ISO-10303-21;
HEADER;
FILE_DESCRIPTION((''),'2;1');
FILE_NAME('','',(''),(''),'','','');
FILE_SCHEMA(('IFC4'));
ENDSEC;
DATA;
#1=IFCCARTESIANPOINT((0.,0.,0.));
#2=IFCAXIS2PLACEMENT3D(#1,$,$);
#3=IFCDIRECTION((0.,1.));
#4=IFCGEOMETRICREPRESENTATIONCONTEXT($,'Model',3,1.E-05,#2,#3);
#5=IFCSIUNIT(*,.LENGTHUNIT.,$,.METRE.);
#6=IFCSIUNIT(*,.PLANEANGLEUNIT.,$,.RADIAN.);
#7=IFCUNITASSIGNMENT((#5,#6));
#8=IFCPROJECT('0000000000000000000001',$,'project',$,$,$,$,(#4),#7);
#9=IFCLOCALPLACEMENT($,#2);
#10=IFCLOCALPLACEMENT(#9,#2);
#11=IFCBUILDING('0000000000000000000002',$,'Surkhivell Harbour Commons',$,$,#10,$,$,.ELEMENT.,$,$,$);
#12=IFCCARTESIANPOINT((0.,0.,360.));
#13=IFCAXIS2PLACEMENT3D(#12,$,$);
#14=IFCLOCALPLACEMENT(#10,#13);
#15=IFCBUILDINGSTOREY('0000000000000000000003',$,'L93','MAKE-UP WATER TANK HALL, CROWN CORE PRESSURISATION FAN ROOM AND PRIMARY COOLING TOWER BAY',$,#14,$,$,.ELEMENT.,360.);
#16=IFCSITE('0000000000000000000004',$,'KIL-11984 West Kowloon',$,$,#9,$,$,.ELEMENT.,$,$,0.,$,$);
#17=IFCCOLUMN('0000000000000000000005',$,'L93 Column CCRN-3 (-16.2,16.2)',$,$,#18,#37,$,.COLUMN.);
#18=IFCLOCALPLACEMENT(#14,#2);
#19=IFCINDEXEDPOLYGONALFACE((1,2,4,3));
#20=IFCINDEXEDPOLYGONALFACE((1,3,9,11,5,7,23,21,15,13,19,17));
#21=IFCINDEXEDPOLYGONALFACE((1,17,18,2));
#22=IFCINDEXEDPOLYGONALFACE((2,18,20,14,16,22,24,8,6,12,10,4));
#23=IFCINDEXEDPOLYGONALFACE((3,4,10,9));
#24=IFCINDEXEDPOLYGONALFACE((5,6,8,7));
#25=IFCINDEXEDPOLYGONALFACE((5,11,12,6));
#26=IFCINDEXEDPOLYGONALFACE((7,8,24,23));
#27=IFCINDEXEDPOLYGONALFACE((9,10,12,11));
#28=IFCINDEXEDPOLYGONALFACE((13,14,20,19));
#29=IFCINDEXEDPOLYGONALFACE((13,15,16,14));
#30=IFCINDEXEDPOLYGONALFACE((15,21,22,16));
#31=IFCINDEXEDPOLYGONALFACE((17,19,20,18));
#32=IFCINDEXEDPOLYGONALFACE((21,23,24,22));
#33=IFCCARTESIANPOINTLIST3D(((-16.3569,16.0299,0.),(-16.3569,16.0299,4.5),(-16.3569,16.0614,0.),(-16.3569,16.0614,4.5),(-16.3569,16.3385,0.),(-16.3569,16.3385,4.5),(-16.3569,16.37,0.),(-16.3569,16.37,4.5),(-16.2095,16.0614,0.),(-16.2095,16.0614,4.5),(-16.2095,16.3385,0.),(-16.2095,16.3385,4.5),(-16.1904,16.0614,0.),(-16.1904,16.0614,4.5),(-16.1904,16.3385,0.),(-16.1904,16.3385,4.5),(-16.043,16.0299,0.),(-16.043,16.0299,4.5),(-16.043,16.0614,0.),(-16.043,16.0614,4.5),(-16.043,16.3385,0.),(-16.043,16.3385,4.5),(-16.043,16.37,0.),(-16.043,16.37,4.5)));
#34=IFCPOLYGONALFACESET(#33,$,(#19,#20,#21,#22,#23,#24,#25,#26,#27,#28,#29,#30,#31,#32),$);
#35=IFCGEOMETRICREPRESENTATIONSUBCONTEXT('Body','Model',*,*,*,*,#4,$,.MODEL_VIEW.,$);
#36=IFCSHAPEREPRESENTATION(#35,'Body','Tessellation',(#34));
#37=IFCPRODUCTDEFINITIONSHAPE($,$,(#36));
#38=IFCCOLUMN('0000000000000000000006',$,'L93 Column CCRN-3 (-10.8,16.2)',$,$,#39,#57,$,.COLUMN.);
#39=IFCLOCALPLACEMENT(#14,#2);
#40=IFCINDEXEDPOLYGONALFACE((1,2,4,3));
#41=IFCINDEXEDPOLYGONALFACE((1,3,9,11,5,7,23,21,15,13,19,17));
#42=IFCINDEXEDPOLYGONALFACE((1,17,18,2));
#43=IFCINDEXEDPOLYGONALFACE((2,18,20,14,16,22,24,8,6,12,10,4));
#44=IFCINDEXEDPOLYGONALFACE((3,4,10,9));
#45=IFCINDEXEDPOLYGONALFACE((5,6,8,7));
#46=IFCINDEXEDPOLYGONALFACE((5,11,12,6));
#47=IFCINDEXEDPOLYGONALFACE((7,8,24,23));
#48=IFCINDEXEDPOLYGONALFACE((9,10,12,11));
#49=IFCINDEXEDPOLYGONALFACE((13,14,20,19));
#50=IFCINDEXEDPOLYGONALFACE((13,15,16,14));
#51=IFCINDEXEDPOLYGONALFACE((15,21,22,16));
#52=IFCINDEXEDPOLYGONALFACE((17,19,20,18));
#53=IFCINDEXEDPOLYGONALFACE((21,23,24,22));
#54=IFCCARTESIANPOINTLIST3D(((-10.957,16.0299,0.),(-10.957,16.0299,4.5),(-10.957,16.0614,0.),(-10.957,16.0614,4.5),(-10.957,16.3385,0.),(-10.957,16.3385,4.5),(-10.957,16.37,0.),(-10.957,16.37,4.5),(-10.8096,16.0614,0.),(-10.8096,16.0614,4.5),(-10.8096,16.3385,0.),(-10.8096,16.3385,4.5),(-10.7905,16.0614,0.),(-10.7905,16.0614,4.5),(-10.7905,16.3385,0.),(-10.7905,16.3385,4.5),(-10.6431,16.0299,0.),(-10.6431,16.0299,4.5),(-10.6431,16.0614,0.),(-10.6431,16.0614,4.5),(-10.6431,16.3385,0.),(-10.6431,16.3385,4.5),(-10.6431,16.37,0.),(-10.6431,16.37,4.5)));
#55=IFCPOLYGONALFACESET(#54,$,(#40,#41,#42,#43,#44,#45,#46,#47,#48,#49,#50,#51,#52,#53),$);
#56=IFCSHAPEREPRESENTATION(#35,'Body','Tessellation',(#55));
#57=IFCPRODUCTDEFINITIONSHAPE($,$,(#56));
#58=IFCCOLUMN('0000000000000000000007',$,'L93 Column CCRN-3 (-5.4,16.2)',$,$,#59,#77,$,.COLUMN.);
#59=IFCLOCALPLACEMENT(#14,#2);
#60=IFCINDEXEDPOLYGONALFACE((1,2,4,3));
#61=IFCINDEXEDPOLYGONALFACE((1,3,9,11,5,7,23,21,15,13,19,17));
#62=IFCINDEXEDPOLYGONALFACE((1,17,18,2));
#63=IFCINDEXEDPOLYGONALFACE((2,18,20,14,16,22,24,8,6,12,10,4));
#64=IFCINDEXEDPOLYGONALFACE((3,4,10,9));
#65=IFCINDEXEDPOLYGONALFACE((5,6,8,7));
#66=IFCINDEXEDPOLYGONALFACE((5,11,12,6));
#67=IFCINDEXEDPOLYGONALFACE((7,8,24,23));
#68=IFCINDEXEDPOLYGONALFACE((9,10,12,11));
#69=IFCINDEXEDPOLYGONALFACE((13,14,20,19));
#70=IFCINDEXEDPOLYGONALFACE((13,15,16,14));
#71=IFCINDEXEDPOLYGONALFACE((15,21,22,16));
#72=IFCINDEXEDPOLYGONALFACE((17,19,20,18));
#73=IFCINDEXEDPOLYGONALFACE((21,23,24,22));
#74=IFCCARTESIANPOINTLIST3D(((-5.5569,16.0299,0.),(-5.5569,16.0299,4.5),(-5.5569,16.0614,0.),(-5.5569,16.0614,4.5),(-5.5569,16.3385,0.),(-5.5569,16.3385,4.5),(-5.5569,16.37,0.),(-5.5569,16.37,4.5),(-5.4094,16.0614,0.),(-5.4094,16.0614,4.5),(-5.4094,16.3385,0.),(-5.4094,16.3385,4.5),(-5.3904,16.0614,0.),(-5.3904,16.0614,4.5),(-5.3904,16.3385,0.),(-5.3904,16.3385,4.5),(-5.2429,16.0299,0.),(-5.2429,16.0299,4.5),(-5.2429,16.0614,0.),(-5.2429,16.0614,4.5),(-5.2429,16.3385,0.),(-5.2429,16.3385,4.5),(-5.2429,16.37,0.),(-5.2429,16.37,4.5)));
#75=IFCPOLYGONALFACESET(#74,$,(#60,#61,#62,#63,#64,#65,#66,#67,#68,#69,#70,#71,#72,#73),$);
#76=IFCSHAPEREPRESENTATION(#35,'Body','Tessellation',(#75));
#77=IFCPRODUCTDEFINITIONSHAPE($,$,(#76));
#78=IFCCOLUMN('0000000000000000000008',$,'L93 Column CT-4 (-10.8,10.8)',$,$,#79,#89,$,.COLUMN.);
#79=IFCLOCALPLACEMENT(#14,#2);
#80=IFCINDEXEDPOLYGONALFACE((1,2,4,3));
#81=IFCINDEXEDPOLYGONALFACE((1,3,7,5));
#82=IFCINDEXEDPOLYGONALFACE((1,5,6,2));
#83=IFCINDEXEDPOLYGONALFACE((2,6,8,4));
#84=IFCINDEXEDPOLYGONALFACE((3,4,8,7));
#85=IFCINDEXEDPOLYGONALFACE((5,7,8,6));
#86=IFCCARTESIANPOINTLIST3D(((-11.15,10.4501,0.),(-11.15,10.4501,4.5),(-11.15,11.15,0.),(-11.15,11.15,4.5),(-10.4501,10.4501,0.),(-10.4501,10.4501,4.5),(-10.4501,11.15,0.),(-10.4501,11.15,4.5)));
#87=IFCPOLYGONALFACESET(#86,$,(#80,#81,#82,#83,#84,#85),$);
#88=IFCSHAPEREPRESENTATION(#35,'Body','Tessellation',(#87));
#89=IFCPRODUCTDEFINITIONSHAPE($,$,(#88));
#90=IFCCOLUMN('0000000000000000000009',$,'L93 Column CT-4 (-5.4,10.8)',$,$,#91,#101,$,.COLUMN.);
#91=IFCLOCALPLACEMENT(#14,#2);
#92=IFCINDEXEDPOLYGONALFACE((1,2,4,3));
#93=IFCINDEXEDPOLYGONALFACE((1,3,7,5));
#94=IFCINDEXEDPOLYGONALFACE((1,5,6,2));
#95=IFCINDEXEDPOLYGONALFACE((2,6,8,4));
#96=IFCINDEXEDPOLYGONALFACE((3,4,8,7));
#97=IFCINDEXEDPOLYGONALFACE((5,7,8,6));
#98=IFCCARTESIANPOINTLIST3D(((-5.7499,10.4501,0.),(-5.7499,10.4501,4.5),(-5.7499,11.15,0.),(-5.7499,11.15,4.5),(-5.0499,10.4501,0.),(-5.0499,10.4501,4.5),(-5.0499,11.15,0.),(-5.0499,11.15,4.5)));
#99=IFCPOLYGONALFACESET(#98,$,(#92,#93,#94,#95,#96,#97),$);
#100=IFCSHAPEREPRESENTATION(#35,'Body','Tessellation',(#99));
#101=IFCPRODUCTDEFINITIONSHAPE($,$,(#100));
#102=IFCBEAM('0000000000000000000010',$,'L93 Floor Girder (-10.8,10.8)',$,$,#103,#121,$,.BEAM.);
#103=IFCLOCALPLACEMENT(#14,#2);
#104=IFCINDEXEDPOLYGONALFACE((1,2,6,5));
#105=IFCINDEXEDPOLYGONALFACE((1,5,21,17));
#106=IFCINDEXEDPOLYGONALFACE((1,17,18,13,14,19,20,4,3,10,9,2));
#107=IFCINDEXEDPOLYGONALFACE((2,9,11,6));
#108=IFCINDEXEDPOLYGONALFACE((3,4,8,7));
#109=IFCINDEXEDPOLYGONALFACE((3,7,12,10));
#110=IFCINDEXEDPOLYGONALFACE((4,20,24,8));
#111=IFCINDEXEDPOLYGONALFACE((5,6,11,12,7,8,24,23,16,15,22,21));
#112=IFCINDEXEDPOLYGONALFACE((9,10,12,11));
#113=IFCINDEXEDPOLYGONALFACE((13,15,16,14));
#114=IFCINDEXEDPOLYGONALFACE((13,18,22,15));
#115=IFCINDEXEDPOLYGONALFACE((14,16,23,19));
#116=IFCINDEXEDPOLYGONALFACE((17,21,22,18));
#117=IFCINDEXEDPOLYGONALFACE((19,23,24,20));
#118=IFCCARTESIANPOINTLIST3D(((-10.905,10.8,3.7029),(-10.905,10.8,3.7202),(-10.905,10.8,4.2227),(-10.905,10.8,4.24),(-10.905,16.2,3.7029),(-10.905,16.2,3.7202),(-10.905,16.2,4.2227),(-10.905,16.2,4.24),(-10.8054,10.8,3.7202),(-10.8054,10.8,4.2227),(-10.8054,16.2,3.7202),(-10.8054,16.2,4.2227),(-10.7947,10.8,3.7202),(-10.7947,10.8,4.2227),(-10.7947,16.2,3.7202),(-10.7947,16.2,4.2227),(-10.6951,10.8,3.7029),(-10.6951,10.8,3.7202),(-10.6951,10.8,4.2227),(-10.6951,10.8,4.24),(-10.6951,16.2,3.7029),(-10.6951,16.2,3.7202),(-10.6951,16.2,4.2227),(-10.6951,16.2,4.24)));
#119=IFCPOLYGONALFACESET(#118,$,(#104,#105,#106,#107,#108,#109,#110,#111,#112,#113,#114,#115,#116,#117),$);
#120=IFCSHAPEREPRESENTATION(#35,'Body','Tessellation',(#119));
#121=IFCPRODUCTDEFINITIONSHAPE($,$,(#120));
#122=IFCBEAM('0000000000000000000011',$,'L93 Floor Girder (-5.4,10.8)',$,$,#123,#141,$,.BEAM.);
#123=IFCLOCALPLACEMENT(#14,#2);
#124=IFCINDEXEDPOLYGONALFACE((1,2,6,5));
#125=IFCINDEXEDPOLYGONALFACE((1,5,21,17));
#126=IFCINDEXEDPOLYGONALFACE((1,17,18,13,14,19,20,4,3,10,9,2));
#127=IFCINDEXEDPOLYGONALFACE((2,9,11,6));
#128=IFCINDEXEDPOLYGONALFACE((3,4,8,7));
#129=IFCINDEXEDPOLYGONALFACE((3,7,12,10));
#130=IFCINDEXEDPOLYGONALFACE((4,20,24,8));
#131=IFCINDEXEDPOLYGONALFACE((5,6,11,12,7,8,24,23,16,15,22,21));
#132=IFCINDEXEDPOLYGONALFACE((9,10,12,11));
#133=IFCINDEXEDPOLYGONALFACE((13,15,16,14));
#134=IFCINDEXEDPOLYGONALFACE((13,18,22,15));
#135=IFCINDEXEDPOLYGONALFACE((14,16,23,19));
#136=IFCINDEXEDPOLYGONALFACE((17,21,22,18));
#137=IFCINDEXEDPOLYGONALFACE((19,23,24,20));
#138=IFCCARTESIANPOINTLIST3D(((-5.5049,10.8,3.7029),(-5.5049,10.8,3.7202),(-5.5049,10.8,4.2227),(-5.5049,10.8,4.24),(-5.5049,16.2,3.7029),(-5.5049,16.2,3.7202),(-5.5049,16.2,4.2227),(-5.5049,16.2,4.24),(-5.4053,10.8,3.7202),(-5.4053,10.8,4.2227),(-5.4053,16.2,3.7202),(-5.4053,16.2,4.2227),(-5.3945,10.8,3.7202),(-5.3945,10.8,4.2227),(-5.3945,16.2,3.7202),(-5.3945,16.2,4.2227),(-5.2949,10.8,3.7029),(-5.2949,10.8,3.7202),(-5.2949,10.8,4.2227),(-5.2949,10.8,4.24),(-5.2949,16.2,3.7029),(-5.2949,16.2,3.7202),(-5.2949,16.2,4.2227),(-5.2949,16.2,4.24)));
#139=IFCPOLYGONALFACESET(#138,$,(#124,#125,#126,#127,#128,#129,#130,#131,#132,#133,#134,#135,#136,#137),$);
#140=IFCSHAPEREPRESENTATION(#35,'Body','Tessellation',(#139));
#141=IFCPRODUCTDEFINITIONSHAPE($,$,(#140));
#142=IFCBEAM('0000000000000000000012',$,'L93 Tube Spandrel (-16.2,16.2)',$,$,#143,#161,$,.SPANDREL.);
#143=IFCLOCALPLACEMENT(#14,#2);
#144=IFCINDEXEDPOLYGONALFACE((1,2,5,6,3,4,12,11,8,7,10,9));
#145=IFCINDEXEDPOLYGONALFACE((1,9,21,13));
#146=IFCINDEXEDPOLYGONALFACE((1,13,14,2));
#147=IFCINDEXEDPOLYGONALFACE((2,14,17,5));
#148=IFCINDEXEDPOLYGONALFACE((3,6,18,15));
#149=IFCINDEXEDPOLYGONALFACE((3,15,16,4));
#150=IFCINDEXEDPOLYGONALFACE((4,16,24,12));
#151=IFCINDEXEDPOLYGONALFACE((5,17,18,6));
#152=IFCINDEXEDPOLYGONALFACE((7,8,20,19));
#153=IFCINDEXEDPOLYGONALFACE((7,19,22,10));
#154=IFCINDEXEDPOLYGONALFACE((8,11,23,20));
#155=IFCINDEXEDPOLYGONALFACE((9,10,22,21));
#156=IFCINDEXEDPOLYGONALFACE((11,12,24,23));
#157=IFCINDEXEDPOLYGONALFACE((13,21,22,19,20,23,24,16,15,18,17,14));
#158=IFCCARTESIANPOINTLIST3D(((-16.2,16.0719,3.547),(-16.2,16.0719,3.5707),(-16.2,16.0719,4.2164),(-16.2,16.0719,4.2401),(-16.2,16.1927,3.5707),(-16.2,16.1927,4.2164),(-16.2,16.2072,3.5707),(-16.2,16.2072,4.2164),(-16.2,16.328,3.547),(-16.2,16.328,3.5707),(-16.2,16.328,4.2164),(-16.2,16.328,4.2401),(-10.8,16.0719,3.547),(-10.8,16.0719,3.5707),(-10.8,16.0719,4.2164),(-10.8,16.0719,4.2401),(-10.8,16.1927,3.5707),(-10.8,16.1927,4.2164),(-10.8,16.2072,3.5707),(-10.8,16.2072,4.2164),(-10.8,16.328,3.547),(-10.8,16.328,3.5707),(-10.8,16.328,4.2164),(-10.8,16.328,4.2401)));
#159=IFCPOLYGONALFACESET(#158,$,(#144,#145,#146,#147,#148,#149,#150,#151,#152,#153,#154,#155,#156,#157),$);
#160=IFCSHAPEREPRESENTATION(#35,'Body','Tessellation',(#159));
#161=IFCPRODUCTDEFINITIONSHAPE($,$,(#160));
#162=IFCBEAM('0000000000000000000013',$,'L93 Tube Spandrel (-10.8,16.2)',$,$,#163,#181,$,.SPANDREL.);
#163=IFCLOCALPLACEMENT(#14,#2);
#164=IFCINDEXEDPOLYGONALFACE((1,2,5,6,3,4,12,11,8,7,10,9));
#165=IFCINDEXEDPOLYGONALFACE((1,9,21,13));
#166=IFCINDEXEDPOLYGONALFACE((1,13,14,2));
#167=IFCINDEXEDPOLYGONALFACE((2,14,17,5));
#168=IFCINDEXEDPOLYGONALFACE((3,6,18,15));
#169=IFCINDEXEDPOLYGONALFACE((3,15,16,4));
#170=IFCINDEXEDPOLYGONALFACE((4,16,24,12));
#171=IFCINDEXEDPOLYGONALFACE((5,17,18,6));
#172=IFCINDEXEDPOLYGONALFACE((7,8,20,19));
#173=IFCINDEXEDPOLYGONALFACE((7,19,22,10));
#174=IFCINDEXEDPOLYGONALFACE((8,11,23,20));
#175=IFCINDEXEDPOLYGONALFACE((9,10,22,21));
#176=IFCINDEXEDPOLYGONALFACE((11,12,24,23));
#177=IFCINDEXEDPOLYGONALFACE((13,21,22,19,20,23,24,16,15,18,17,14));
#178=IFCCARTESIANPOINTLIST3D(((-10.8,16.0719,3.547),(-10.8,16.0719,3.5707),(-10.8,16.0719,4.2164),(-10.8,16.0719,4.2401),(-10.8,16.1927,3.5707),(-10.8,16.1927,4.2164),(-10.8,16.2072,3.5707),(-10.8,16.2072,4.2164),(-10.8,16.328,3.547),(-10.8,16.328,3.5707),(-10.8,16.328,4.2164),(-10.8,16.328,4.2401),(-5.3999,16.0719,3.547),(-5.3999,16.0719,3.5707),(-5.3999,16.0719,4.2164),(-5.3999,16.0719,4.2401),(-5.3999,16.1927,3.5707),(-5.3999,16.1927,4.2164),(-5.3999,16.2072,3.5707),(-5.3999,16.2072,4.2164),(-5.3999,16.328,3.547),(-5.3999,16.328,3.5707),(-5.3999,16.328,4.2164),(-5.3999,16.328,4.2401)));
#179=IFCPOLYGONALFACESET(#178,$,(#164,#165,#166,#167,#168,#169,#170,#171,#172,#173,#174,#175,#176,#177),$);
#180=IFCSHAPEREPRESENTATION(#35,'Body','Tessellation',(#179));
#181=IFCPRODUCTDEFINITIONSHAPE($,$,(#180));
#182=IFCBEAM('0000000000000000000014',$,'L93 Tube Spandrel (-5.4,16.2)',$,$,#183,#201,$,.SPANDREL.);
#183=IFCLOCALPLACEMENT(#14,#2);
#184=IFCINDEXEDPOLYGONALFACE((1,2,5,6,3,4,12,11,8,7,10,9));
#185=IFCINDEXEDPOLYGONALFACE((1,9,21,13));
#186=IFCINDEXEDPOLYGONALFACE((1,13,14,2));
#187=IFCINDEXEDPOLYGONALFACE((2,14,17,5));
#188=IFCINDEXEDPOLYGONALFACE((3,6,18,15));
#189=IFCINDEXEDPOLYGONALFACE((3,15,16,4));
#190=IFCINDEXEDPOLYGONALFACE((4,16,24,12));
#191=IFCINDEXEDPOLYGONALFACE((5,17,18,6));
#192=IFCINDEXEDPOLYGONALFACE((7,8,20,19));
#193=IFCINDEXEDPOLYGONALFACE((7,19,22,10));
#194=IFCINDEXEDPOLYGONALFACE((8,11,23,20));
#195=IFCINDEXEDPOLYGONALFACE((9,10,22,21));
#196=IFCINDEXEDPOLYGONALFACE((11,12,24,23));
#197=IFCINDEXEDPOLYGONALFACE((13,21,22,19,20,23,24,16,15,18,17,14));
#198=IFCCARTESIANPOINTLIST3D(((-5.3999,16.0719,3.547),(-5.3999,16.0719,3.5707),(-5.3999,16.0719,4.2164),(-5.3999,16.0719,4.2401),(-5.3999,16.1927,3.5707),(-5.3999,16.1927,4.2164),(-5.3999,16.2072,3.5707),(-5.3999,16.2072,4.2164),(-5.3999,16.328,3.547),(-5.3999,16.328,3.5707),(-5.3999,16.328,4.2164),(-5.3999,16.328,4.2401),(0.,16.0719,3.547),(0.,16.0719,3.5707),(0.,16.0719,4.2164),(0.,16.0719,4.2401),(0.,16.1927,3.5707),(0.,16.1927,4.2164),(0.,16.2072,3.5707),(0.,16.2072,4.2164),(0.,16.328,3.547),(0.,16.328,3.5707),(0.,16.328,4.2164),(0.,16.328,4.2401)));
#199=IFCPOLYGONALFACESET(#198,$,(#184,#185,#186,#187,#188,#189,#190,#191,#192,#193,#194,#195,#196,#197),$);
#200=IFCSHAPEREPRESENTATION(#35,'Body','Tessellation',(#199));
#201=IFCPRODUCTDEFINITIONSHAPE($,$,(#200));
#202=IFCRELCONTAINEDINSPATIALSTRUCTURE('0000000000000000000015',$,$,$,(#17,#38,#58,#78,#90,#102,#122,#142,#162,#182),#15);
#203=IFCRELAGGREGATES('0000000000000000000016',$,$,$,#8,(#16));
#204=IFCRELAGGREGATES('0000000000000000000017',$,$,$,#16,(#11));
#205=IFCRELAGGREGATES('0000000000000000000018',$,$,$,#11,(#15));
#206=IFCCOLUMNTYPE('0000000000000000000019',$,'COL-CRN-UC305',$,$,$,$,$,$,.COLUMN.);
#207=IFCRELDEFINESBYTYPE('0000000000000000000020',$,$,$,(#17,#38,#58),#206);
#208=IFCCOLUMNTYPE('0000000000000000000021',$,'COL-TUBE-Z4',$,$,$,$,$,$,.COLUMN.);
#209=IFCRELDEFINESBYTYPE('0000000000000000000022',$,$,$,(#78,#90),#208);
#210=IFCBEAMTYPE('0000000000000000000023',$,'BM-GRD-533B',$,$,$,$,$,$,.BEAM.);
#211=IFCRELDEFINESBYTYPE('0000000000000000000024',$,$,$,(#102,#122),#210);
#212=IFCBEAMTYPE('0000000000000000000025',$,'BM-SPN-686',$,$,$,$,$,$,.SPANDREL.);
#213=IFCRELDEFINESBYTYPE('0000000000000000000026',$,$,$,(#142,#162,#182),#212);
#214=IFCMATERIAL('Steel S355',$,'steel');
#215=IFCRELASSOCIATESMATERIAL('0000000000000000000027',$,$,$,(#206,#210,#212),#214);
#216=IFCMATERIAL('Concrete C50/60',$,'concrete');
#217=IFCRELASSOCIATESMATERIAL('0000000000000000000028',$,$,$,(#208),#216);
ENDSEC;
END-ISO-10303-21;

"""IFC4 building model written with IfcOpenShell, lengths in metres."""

from ifc_helpers import new_model, si_unit, direction, frame, origin, origin_2d, place, context, subcontext, project, spatial, rectangle, i_section, extrude, material, material_profile, profile_set, type_object, element, save


model = new_model("IFC4")

# Units and contexts
model_context = context("Model", 3, precision=1e-05, world=origin(), true_north=direction((0.0, 1.0)))
body_context = subcontext(model_context, "Body", "Model", "MODEL_VIEW")
ifc_project = project(units=[si_unit("LENGTHUNIT", "METRE"), si_unit("PLANEANGLEUNIT", "RADIAN")], contexts=[model_context])

# Site, building, storey
site_placement = place(None, origin())
site = spatial("IfcSite", under=ifc_project, at=site_placement, Name="KIL-11984 West Kowloon", CompositionType="ELEMENT", RefElevation=0.0)
building_placement = place(site_placement, origin())
building = spatial("IfcBuilding", under=site, at=building_placement, Name="Surkhivell Harbour Commons", CompositionType="ELEMENT")
storey_placement = place(building_placement, frame((0.0, 0.0, 360.0)))
storey = spatial("IfcBuildingStorey", under=building, at=storey_placement, Name="L93", Description="MAKE-UP WATER TANK HALL, CROWN CORE PRESSURISATION FAN ROOM AND PRIMARY COOLING TOWER BAY", CompositionType="ELEMENT", Elevation=360.0)

# Columns
ifc_material_1 = material(Name="Steel S355", Category="steel")
ifc_material_profile_1 = material_profile(ifc_material_1, i_section(OverallWidth=0.314, OverallDepth=0.3401, WebThickness=0.019, FlangeThickness=0.0315, at=origin_2d()), Name="UC305x305x198")
ifc_profile_set_1 = profile_set([ifc_material_profile_1], Name="Steel S355")
column_type_1 = type_object("IfcColumnType", Name="COL-CRN-UC305", PredefinedType="COLUMN", material=ifc_profile_set_1)
for number, where, z_axis, x_axis, name in (
    (1, (-16.2, 16.2, 0.0), (0.0, 0.0, 1.0), (1.0, 0.0, 0.0), "L93 Column CCRN-3 (-16.2,16.2)"),
    (2, (-10.8, 16.2, 0.0), (0.0, 0.0, 1.0), (1.0, 0.0, 0.0), "L93 Column CCRN-3 (-10.8,16.2)"),
    (3, (-5.3999, 16.2, 0.0), (0.0, 0.0, 1.0), (1.0, 0.0, 0.0), "L93 Column CCRN-3 (-5.4,16.2)"),
):
    element("IfcColumn", number, at=place(storey_placement, frame(where, z_axis=z_axis, x_axis=x_axis)), inside=storey, type_object=column_type_1, Name=name, PredefinedType="COLUMN", context=body_context, shape_type="SweptSolid", body=[
        extrude(i_section(OverallWidth=0.314, OverallDepth=0.3401, WebThickness=0.019, FlangeThickness=0.0315, at=origin_2d()), origin(), (0.0, 0.0, 1.0), 4.5),
    ])
ifc_material_2 = material(Name="Concrete C50/60", Category="concrete")
ifc_material_profile_2 = material_profile(ifc_material_2, rectangle(XDim=0.7, YDim=0.7, at=origin_2d()), Name="RC-COL-700x700")
ifc_profile_set_2 = profile_set([ifc_material_profile_2], Name="Concrete C50/60")
column_type_2 = type_object("IfcColumnType", Name="COL-TUBE-Z4", PredefinedType="COLUMN", material=ifc_profile_set_2)
for number, where, z_axis, x_axis, name in (
    (4, (-10.8, 10.8, 0.0), (0.0, 0.0, 1.0), (1.0, 0.0, 0.0), "L93 Column CT-4 (-10.8,10.8)"),
    (5, (-5.3999, 10.8, 0.0), (0.0, 0.0, 1.0), (1.0, 0.0, 0.0), "L93 Column CT-4 (-5.4,10.8)"),
):
    element("IfcColumn", number, at=place(storey_placement, frame(where, z_axis=z_axis, x_axis=x_axis)), inside=storey, type_object=column_type_2, Name=name, PredefinedType="COLUMN", context=body_context, shape_type="SweptSolid", body=[
        extrude(rectangle(XDim=0.7, YDim=0.7, at=origin_2d()), origin(), (0.0, 0.0, 1.0), 4.5),
    ])

# Beams
ifc_material_profile_3 = material_profile(ifc_material_1, i_section(OverallWidth=0.21, OverallDepth=0.5371, WebThickness=0.0107, FlangeThickness=0.0173, at=origin_2d()), Name="UB533x210x101")
ifc_profile_set_3 = profile_set([ifc_material_profile_3], Name="Steel S355")
beam_type_1 = type_object("IfcBeamType", Name="BM-GRD-533B", PredefinedType="BEAM", material=ifc_profile_set_3)
for number, where, z_axis, x_axis, name in (
    (6, (-10.8, 10.8, 3.9714), (0.0, 1.0, 0.0), (-1.0, 0.0, 0.0), "L93 Floor Girder (-10.8,10.8)"),
    (7, (-5.3999, 10.8, 3.9714), (0.0, 1.0, 0.0), (-1.0, 0.0, 0.0), "L93 Floor Girder (-5.4,10.8)"),
):
    element("IfcBeam", number, at=place(storey_placement, frame(where, z_axis=z_axis, x_axis=x_axis)), inside=storey, type_object=beam_type_1, Name=name, PredefinedType="BEAM", context=body_context, shape_type="SweptSolid", body=[
        extrude(i_section(OverallWidth=0.21, OverallDepth=0.5371, WebThickness=0.0107, FlangeThickness=0.0173, at=origin_2d()), origin(), (0.0, 0.0, 1.0), 5.3999),
    ])
ifc_material_profile_4 = material_profile(ifc_material_1, i_section(OverallWidth=0.2561, OverallDepth=0.6931, WebThickness=0.0144, FlangeThickness=0.0237, at=origin_2d()), Name="UB686x254x170")
ifc_profile_set_4 = profile_set([ifc_material_profile_4], Name="Steel S355")
beam_type_2 = type_object("IfcBeamType", Name="BM-SPN-686", PredefinedType="SPANDREL", material=ifc_profile_set_4)
beam_1_placement = place(storey_placement, frame((-16.2, 16.2, 3.8936), z_axis=(1.0, 0.0, 0.0), x_axis=(0.0, 1.0, 0.0)))
element("IfcBeam", 8, at=beam_1_placement, inside=storey, type_object=beam_type_2, Name="L93 Tube Spandrel (-16.2,16.2)", PredefinedType="SPANDREL", context=body_context, shape_type="SweptSolid", body=[
    extrude(i_section(OverallWidth=0.2561, OverallDepth=0.6931, WebThickness=0.0144, FlangeThickness=0.0237, at=origin_2d()), origin(), (0.0, 0.0, 1.0), 5.3999),
])
beam_2_placement = place(storey_placement, frame((-10.8, 16.2, 3.8936), z_axis=(1.0, 0.0, 0.0), x_axis=(0.0, 1.0, 0.0)))
element("IfcBeam", 9, at=beam_2_placement, inside=storey, type_object=beam_type_2, Name="L93 Tube Spandrel (-10.8,16.2)", PredefinedType="SPANDREL", context=body_context, shape_type="SweptSolid", body=[
    extrude(i_section(OverallWidth=0.2561, OverallDepth=0.6931, WebThickness=0.0144, FlangeThickness=0.0237, at=origin_2d()), origin(), (0.0, 0.0, 1.0), 5.4001),
])
beam_3_placement = place(storey_placement, frame((-5.3999, 16.2, 3.8936), z_axis=(1.0, 0.0, 0.0), x_axis=(0.0, 1.0, 0.0)))
element("IfcBeam", 10, at=beam_3_placement, inside=storey, type_object=beam_type_2, Name="L93 Tube Spandrel (-5.4,16.2)", PredefinedType="SPANDREL", context=body_context, shape_type="SweptSolid", body=[
    extrude(i_section(OverallWidth=0.2561, OverallDepth=0.6931, WebThickness=0.0144, FlangeThickness=0.0237, at=origin_2d()), origin(), (0.0, 0.0, 1.0), 5.3999),
])

save(model, "model.ifc")
